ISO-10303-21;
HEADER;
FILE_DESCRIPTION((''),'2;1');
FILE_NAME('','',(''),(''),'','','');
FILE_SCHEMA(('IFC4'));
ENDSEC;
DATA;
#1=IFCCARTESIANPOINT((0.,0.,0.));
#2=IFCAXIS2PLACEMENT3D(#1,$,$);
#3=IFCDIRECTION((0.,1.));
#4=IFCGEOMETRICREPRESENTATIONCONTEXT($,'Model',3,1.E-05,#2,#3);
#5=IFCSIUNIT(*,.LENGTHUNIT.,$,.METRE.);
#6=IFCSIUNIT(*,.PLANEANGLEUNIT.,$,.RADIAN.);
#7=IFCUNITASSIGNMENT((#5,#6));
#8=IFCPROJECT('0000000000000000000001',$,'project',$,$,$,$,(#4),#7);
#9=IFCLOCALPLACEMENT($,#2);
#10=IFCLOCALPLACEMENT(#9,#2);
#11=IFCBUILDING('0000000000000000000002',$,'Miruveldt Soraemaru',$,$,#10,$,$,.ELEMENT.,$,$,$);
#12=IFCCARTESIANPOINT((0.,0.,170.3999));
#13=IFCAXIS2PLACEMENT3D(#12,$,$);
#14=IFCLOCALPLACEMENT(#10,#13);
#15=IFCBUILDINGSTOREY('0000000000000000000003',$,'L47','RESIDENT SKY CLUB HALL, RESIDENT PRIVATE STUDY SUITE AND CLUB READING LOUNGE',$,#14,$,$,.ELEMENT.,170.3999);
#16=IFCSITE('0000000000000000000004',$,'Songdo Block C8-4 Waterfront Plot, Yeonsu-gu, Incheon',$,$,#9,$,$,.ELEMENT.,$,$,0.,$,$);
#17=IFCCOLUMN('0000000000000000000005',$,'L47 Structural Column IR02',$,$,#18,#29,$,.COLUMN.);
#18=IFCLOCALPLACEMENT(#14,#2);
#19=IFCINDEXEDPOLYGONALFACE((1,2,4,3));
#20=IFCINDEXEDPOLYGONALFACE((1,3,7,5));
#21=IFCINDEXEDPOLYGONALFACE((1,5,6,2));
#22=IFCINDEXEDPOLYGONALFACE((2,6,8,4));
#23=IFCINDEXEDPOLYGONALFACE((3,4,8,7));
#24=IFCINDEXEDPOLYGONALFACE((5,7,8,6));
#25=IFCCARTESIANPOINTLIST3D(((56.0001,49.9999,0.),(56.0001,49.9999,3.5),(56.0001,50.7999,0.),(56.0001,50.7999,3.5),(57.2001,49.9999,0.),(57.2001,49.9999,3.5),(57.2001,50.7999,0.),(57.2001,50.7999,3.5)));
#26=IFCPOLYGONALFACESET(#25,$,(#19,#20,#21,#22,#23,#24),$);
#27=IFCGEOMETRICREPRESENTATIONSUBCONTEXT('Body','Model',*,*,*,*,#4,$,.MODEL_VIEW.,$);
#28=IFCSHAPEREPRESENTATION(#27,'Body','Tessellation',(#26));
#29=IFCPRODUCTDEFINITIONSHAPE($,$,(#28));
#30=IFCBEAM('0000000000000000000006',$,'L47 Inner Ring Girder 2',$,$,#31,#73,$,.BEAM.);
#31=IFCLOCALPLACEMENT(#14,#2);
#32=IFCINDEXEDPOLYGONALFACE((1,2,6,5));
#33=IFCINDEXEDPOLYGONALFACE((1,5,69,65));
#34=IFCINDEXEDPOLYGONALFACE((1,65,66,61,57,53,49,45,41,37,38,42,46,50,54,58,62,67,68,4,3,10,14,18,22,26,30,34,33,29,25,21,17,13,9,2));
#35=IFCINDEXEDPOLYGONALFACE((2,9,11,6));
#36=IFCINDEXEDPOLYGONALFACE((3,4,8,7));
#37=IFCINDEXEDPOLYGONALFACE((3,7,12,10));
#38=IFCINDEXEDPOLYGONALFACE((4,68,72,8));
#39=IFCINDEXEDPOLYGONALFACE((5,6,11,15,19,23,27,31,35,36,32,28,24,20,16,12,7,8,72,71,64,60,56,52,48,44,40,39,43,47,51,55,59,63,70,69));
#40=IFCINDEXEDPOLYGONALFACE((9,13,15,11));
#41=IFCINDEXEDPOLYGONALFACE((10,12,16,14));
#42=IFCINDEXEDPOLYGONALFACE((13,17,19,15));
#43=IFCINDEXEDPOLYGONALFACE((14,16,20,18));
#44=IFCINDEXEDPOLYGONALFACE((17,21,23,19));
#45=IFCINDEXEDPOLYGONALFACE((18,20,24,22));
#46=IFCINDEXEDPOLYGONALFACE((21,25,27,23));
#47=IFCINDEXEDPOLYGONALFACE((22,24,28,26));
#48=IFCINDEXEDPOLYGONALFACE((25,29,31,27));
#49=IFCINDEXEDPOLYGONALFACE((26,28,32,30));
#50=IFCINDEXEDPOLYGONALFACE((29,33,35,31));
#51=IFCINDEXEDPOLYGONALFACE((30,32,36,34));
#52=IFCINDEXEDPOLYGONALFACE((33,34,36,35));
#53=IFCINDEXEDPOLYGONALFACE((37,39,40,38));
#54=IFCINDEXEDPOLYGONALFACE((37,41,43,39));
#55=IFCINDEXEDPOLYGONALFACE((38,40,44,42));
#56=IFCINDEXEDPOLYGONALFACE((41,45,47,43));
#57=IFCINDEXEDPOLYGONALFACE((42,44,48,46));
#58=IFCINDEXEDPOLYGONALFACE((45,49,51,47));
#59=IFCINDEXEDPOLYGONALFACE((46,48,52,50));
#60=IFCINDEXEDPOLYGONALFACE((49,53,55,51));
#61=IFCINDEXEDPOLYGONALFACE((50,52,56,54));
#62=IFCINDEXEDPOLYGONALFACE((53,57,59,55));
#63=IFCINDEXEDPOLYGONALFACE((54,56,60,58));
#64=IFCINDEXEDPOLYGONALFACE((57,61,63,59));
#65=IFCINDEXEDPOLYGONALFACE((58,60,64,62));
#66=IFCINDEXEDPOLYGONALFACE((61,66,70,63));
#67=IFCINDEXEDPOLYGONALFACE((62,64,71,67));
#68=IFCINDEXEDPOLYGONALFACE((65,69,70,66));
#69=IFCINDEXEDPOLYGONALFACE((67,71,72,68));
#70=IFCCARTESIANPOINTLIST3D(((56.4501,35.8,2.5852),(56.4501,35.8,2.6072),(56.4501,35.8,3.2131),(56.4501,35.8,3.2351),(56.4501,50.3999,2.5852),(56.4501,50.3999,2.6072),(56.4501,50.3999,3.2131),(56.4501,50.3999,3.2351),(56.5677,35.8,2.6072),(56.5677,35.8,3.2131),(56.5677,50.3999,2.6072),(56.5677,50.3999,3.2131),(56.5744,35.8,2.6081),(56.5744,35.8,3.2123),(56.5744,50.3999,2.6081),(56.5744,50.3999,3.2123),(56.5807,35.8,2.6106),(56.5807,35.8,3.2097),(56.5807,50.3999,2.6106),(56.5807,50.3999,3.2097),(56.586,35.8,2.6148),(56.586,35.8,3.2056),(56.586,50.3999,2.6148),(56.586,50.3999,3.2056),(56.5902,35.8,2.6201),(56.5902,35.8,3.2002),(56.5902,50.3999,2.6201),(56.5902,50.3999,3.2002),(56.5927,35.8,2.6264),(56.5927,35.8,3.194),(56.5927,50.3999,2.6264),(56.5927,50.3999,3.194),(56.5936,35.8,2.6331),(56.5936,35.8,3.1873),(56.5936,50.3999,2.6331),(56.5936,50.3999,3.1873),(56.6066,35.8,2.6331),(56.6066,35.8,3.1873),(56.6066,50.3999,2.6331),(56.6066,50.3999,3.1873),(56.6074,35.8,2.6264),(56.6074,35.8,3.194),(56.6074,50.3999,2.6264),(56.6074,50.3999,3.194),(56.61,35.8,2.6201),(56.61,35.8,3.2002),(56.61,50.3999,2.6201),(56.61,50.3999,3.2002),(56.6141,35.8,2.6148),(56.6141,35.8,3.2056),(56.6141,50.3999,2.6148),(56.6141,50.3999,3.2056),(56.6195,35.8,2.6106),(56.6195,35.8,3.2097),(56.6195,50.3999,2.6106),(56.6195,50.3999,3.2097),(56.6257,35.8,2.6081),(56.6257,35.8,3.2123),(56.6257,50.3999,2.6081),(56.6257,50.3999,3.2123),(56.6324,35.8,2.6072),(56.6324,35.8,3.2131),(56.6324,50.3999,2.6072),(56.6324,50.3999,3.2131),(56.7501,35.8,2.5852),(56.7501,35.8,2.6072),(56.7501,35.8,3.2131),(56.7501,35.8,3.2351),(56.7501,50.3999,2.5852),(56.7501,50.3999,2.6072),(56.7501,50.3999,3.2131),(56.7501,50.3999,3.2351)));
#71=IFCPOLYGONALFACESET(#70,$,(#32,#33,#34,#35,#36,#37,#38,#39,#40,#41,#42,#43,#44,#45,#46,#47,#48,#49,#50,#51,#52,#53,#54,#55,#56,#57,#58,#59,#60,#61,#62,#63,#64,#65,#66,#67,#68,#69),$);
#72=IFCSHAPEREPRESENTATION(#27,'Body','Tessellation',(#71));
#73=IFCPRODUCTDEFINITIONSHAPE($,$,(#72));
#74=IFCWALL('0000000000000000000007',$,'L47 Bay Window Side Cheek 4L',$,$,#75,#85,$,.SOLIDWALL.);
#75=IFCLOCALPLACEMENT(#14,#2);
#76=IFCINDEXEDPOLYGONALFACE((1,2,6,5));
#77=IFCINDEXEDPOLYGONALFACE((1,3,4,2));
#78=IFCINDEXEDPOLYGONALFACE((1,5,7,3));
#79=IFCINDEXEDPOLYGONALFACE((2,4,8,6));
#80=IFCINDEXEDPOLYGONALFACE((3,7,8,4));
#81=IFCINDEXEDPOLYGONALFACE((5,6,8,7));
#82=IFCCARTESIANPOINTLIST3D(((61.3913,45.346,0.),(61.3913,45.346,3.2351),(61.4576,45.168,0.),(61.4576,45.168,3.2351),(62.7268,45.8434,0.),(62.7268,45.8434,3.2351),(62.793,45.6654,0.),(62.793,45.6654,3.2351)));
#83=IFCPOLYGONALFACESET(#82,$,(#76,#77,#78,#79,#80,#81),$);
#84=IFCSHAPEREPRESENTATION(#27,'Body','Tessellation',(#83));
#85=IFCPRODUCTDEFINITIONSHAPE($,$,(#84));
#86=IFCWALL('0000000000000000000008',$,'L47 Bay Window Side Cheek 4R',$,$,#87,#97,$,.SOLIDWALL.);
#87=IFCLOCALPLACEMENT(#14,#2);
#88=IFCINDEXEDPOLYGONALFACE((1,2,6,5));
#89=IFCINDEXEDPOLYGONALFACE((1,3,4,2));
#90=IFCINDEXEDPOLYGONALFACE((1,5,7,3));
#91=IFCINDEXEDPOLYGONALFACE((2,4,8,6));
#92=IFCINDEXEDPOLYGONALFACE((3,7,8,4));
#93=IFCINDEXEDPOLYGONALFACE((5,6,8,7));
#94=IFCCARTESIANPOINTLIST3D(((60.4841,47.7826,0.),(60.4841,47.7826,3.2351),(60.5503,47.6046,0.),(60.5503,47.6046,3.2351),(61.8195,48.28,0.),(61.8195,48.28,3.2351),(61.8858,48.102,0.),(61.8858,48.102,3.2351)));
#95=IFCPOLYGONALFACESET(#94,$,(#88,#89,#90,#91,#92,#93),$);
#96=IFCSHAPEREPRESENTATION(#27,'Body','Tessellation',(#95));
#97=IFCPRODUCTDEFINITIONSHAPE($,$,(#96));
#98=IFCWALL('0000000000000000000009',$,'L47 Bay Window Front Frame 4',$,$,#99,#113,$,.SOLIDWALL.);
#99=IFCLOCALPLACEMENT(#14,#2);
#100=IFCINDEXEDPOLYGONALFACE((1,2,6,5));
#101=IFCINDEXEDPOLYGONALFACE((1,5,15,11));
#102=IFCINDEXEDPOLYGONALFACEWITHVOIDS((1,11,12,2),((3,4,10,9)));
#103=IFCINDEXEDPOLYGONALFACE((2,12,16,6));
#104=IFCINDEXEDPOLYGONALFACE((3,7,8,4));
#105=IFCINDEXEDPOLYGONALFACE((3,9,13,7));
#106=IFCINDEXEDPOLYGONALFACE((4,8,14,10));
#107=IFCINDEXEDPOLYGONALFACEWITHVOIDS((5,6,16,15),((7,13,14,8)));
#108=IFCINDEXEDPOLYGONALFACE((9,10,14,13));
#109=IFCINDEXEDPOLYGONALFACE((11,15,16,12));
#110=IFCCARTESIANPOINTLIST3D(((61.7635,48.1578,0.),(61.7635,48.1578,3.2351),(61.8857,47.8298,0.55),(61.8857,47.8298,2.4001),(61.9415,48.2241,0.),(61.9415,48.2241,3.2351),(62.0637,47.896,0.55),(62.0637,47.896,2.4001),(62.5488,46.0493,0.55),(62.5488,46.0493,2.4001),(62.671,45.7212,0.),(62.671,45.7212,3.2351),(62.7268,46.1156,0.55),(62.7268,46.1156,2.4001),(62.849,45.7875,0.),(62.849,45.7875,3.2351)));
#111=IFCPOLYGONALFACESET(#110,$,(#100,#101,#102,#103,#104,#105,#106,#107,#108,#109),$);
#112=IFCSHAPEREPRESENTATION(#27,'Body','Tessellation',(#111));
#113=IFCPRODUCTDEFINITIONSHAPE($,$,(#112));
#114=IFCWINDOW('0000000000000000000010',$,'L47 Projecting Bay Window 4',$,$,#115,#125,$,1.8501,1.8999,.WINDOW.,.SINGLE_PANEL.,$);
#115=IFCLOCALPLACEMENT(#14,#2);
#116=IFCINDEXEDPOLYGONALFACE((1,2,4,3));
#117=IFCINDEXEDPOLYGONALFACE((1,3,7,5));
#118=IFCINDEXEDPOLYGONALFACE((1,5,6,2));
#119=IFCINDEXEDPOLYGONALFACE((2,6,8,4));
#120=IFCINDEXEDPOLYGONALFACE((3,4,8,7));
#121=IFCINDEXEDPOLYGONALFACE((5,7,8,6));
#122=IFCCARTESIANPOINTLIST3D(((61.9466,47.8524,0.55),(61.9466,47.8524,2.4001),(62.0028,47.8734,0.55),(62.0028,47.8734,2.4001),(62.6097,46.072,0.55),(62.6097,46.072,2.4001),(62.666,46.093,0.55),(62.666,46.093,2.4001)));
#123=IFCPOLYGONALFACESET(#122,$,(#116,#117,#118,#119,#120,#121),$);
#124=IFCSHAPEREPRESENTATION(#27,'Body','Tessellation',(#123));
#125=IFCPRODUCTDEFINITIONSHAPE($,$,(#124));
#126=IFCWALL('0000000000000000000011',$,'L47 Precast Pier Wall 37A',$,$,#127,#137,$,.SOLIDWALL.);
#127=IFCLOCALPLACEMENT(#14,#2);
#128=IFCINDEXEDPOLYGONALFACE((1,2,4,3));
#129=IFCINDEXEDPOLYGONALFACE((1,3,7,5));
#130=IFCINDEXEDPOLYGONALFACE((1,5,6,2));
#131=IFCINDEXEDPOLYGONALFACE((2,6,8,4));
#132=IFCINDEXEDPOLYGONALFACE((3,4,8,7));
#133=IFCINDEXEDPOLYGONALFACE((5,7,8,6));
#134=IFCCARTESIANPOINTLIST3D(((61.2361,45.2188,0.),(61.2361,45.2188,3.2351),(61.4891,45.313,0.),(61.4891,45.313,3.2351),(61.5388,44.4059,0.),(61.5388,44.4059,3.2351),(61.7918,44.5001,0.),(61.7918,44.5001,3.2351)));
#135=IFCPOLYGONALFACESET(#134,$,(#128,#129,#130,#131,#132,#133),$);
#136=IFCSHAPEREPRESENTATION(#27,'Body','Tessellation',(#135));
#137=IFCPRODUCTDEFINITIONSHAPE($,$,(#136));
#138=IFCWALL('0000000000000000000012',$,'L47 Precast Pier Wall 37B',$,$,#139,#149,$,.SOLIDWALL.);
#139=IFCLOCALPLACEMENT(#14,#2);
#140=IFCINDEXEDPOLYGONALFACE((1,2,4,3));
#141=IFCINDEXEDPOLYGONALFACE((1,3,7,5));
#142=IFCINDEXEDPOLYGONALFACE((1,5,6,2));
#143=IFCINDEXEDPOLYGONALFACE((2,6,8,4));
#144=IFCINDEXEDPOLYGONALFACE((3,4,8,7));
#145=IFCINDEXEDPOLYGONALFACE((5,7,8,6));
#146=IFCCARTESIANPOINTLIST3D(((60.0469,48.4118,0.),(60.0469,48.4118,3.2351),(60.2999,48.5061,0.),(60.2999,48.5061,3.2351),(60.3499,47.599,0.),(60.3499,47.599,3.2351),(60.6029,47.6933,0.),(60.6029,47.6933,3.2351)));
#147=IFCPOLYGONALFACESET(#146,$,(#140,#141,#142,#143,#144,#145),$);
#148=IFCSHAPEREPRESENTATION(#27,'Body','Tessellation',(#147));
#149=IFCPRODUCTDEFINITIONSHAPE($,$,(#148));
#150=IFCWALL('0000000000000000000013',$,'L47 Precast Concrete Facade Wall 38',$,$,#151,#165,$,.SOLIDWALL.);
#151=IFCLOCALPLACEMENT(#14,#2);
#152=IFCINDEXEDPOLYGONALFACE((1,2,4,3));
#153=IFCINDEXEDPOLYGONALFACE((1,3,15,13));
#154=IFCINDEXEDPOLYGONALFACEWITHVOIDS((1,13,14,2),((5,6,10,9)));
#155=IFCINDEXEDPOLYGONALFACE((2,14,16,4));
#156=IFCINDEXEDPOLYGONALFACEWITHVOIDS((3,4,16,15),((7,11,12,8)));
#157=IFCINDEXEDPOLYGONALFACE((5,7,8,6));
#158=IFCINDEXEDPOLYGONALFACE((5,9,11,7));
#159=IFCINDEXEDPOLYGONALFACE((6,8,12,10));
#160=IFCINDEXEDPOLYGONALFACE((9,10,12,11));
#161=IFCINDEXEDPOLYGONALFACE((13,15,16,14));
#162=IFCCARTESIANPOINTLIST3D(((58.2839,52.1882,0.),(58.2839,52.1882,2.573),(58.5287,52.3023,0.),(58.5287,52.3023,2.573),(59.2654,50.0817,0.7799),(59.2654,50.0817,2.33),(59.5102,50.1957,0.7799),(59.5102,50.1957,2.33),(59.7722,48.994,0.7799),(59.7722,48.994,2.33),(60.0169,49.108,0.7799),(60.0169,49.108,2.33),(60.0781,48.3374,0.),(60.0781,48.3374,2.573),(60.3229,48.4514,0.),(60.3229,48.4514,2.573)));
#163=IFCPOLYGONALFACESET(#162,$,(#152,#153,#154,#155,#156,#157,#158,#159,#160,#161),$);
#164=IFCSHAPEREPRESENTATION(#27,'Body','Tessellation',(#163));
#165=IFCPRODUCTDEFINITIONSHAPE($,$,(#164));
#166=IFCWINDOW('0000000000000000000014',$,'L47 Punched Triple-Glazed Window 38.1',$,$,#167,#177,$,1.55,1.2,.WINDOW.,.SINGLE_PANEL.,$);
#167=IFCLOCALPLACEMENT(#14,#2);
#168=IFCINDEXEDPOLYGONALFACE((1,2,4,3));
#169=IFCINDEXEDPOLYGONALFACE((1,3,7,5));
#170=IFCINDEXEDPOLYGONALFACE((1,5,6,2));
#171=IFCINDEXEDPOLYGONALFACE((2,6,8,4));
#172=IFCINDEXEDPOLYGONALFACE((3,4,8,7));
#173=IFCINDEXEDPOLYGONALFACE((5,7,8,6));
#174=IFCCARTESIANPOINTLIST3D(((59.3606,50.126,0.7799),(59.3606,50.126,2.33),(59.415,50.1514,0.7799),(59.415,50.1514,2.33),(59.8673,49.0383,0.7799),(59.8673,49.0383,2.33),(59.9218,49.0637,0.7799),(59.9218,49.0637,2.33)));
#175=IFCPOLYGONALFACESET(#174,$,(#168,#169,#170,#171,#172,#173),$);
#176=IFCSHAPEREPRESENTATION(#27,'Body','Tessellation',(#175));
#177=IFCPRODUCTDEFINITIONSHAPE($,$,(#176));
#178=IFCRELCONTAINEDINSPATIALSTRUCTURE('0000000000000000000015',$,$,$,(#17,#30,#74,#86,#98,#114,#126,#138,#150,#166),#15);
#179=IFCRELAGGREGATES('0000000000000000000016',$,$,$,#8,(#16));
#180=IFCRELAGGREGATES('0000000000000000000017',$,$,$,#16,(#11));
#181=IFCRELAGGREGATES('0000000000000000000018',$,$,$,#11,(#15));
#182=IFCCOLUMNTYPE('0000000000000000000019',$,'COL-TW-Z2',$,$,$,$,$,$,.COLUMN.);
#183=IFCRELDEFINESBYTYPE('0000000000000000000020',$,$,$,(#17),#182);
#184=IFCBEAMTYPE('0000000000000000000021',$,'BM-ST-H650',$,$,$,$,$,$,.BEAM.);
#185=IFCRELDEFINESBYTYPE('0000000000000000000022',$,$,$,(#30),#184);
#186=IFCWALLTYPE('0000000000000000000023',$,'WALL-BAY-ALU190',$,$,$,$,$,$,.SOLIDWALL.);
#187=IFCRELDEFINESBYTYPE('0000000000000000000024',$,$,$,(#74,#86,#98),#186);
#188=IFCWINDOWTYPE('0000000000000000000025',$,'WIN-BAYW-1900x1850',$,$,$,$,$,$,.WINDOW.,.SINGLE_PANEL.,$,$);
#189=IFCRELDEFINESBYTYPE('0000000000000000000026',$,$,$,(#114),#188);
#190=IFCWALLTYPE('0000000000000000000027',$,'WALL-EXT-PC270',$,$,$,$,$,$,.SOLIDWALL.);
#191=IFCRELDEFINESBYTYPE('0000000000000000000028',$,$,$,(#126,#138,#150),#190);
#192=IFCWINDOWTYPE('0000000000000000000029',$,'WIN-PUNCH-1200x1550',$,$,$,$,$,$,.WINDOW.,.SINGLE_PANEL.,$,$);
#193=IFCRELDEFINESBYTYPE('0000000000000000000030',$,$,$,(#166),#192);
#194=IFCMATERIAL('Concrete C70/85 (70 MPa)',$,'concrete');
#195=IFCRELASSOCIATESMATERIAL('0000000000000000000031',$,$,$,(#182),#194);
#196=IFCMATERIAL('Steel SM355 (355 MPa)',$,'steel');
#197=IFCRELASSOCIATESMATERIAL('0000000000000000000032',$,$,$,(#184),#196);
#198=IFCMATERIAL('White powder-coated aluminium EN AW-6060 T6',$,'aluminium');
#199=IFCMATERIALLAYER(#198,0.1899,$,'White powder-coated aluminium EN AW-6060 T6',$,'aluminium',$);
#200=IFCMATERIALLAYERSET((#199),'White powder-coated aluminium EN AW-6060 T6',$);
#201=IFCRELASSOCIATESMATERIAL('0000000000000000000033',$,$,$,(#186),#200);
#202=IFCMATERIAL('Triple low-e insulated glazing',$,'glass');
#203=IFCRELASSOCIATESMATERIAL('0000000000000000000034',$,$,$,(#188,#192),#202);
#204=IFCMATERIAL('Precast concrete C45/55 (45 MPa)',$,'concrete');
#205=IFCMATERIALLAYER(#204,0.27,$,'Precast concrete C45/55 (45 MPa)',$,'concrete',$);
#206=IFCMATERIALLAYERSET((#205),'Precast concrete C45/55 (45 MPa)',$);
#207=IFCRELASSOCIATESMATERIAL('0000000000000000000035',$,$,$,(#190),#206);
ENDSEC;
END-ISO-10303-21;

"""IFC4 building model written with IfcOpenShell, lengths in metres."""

from ifc_helpers import new_model, si_unit, direction, frame, frame_2d, origin, origin_2d, place, context, subcontext, project, spatial, rectangle, i_section, extrude, material, layer, layer_set, material_profile, profile_set, type_object, element, fill, save


model = new_model("IFC4")

# Units and contexts
model_context = context("Model", 3, precision=1e-05, world=origin(), true_north=direction((0.0, 1.0)))
body_context = subcontext(model_context, "Body", "Model", "MODEL_VIEW")
ifc_project = project(units=[si_unit("LENGTHUNIT", "METRE"), si_unit("PLANEANGLEUNIT", "RADIAN")], contexts=[model_context])

# Site, building, storey
site_placement = place(None, origin())
site = spatial("IfcSite", under=ifc_project, at=site_placement, Name="Songdo Block C8-4 Waterfront Plot, Yeonsu-gu, Incheon", CompositionType="ELEMENT", RefElevation=0.0)
building_placement = place(site_placement, origin())
building = spatial("IfcBuilding", under=site, at=building_placement, Name="Miruveldt Soraemaru", CompositionType="ELEMENT")
storey_placement = place(building_placement, frame((0.0, 0.0, 170.3999)))
storey = spatial("IfcBuildingStorey", under=building, at=storey_placement, Name="L47", Description="RESIDENT SKY CLUB HALL, RESIDENT PRIVATE STUDY SUITE AND CLUB READING LOUNGE", CompositionType="ELEMENT", Elevation=170.3999)

# Column
ifc_material_1 = material(Name="Concrete C70/85 (70 MPa)", Category="concrete")
ifc_material_profile_1 = material_profile(ifc_material_1, rectangle(XDim=1.2, YDim=0.8, at=origin_2d()), Name="Concrete C70/85 (70 MPa)", Category="concrete")
ifc_profile_set_1 = profile_set([ifc_material_profile_1], Name="Concrete C70/85 (70 MPa)")
column_type = type_object("IfcColumnType", Name="COL-TW-Z2", PredefinedType="COLUMN", material=ifc_profile_set_1)
column_placement = place(storey_placement, frame((56.6001, 50.3999, 0.0), z_axis=(0.0, 0.0, 1.0), x_axis=(1.0, 0.0, 0.0)))
element("IfcColumn", 1, at=column_placement, inside=storey, type_object=column_type, Name="L47 Structural Column IR02", PredefinedType="COLUMN", context=body_context, shape_type="SweptSolid", body=[
    extrude(rectangle(XDim=1.2, YDim=0.8, at=origin_2d()), origin(), (0.0, 0.0, 1.0), 3.5),
])

# Beam
ifc_material_2 = material(Name="Steel SM355 (355 MPa)", Category="steel")
ifc_material_profile_2 = material_profile(ifc_material_2, i_section(OverallWidth=0.3, OverallDepth=0.6499, WebThickness=0.0129, FlangeThickness=0.022, FilletRadius=0.0259, at=origin_2d()), Name="Steel SM355 (355 MPa)", Category="steel")
ifc_profile_set_2 = profile_set([ifc_material_profile_2], Name="Steel SM355 (355 MPa)")
beam_type = type_object("IfcBeamType", Name="BM-ST-H650", PredefinedType="BEAM", material=ifc_profile_set_2)
beam_placement = place(storey_placement, frame((56.6001, 50.3999, 2.9102), z_axis=(0.0, -1.0, 0.0), x_axis=(1.0, 0.0, 0.0)))
element("IfcBeam", 2, at=beam_placement, inside=storey, type_object=beam_type, Name="L47 Inner Ring Girder 2", PredefinedType="BEAM", context=body_context, shape_type="SweptSolid", body=[
    extrude(i_section(OverallWidth=0.3, OverallDepth=0.6499, WebThickness=0.0129, FlangeThickness=0.022, FilletRadius=0.0259, at=origin_2d()), origin(), (0.0, 0.0, 1.0), 14.5999),
])

# Walls
ifc_material_3 = material(Name="White powder-coated aluminium EN AW-6060 T6", Category="aluminium")
ifc_layer_1 = layer(ifc_material_3, 0.1899, Name="White powder-coated aluminium EN AW-6060 T6", Category="aluminium")
ifc_layer_set_1 = layer_set([ifc_layer_1], Name="White powder-coated aluminium EN AW-6060 T6")
wall_type_1 = type_object("IfcWallType", Name="WALL-BAY-ALU190", PredefinedType="SOLIDWALL", material=ifc_layer_set_1)
for number, where, z_axis, x_axis, name in (
    (3, (61.4246, 45.2571, 0.0), (0.0, 0.0, 1.0), (0.937129, 0.348982, 0.0), "L47 Bay Window Side Cheek 4L"),
    (4, (61.8525, 48.1909, 0.0), (0.0, 0.0, 1.0), (-0.937129, -0.348982, 0.0), "L47 Bay Window Side Cheek 4R"),
):
    element("IfcWall", number, at=place(storey_placement, frame(where, z_axis=z_axis, x_axis=x_axis)), inside=storey, type_object=wall_type_1, Name=name, PredefinedType="SOLIDWALL", context=body_context, shape_type="SweptSolid", body=[
        extrude(rectangle(XDim=1.425, YDim=0.1899, at=frame_2d((0.7124, 0.0))), origin(), (0.0, 0.0, 1.0), 3.2351),
    ])

# Wall, opening, window
wall_1_placement = place(storey_placement, frame((62.76, 45.7544, 0.0), z_axis=(0.0, 0.0, 1.0), x_axis=(-0.349023, 0.937114, 0.0)))
wall_1 = element("IfcWall", 5, at=wall_1_placement, inside=storey, type_object=wall_type_1, Name="L47 Bay Window Front Frame 4", PredefinedType="SOLIDWALL", context=body_context, shape_type="SweptSolid", body=[
    extrude(rectangle(XDim=2.6001, YDim=0.1899, at=frame_2d((1.3, 0.0))), origin(), (0.0, 0.0, 1.0), 3.2351),
])
opening_1_placement = place(wall_1_placement, frame((0.3501, 0.0, 0.55)))
opening_1 = element("IfcOpeningElement", 6, at=opening_1_placement, cuts=wall_1, PredefinedType="OPENING", context=body_context, shape_type="SweptSolid", body=[
    extrude(rectangle(XDim=1.8999, YDim=1.8501, at=frame_2d((0.95, 0.925))), frame((0.0, 0.105, 0.0), z_axis=(0.0, -1.0, 0.0), x_axis=(1.0, 0.0, 0.0)), (0.0, 0.0, 1.0), 0.21),
])
ifc_material_4 = material(Name="Triple low-e insulated glazing", Category="glass")
window_type_1 = type_object("IfcWindowType", Name="WIN-BAYW-1900x1850", PartitioningType="SINGLE_PANEL", PredefinedType="WINDOW", material=ifc_material_4)
window_1_placement = place(opening_1_placement, origin())
window_1 = element("IfcWindow", 7, at=window_1_placement, inside=storey, type_object=window_type_1, Name="L47 Projecting Bay Window 4", OverallHeight=1.8501, OverallWidth=1.8999, PartitioningType="SINGLE_PANEL", PredefinedType="WINDOW", context=body_context, shape_type="SweptSolid", body=[
    extrude(rectangle(XDim=1.8999, YDim=1.8501, at=frame_2d((0.95, 0.925))), frame((0.0, 0.03, 0.0), z_axis=(0.0, -1.0, 0.0), x_axis=(1.0, 0.0, 0.0)), (0.0, 0.0, 1.0), 0.0601),
])
fill(opening_1, window_1)

# Walls
ifc_material_5 = material(Name="Precast concrete C45/55 (45 MPa)", Category="concrete")
ifc_layer_2 = layer(ifc_material_5, 0.27, Name="Precast concrete C45/55 (45 MPa)", Category="concrete")
ifc_layer_set_2 = layer_set([ifc_layer_2], Name="Precast concrete C45/55 (45 MPa)")
wall_type_2 = type_object("IfcWallType", Name="WALL-EXT-PC270", PredefinedType="SOLIDWALL", material=ifc_layer_set_2)
for number, where, z_axis, x_axis, name in (
    (8, (61.6653, 44.4531, 0.0), (0.0, 0.0, 1.0), (-0.348964, 0.937136, 0.0), "L47 Precast Pier Wall 37A"),
    (9, (60.4763, 47.6462, 0.0), (0.0, 0.0, 1.0), (-0.349303, 0.93701, 0.0), "L47 Precast Pier Wall 37B"),
):
    element("IfcWall", number, at=place(storey_placement, frame(where, z_axis=z_axis, x_axis=x_axis)), inside=storey, type_object=wall_type_2, Name=name, PredefinedType="SOLIDWALL", context=body_context, shape_type="SweptSolid", body=[
        extrude(rectangle(XDim=0.8674, YDim=0.27, at=frame_2d((0.4336, 0.0))), origin(), (0.0, 0.0, 1.0), 3.2351),
    ])

# Wall, opening, window
wall_2_placement = place(storey_placement, frame((60.2004, 48.3945, 0.0), z_axis=(0.0, 0.0, 1.0), x_axis=(-0.422332, 0.906441, 0.0)))
wall_2 = element("IfcWall", 10, at=wall_2_placement, inside=storey, type_object=wall_type_2, Name="L47 Precast Concrete Facade Wall 38", PredefinedType="SOLIDWALL", context=body_context, shape_type="SweptSolid", body=[
    extrude(rectangle(XDim=4.2483, YDim=0.27, at=frame_2d((2.124, 0.0))), origin(), (0.0, 0.0, 1.0), 2.573),
])
opening_2_placement = place(wall_2_placement, frame((0.7241, 0.0, 0.78)))
opening_2 = element("IfcOpeningElement", 11, at=opening_2_placement, cuts=wall_2, PredefinedType="OPENING", context=body_context, shape_type="SweptSolid", body=[
    extrude(rectangle(XDim=1.2, YDim=1.55, at=frame_2d((0.6001, 0.7749))), frame((0.0, 0.145, 0.0), z_axis=(0.0, -1.0, 0.0), x_axis=(1.0, 0.0, 0.0)), (0.0, 0.0, 1.0), 0.29),
])
window_type_2 = type_object("IfcWindowType", Name="WIN-PUNCH-1200x1550", PartitioningType="SINGLE_PANEL", PredefinedType="WINDOW", material=ifc_material_4)
window_2_placement = place(opening_2_placement, origin())
window_2 = element("IfcWindow", 12, at=window_2_placement, inside=storey, type_object=window_type_2, Name="L47 Punched Triple-Glazed Window 38.1", OverallHeight=1.55, OverallWidth=1.2, PartitioningType="SINGLE_PANEL", PredefinedType="WINDOW", context=body_context, shape_type="SweptSolid", body=[
    extrude(rectangle(XDim=1.2, YDim=1.55, at=frame_2d((0.6001, 0.7749))), frame((0.0, 0.03, 0.0), z_axis=(0.0, -1.0, 0.0), x_axis=(1.0, 0.0, 0.0)), (0.0, 0.0, 1.0), 0.0601),
])
fill(opening_2, window_2)

save(model, "model.ifc")
